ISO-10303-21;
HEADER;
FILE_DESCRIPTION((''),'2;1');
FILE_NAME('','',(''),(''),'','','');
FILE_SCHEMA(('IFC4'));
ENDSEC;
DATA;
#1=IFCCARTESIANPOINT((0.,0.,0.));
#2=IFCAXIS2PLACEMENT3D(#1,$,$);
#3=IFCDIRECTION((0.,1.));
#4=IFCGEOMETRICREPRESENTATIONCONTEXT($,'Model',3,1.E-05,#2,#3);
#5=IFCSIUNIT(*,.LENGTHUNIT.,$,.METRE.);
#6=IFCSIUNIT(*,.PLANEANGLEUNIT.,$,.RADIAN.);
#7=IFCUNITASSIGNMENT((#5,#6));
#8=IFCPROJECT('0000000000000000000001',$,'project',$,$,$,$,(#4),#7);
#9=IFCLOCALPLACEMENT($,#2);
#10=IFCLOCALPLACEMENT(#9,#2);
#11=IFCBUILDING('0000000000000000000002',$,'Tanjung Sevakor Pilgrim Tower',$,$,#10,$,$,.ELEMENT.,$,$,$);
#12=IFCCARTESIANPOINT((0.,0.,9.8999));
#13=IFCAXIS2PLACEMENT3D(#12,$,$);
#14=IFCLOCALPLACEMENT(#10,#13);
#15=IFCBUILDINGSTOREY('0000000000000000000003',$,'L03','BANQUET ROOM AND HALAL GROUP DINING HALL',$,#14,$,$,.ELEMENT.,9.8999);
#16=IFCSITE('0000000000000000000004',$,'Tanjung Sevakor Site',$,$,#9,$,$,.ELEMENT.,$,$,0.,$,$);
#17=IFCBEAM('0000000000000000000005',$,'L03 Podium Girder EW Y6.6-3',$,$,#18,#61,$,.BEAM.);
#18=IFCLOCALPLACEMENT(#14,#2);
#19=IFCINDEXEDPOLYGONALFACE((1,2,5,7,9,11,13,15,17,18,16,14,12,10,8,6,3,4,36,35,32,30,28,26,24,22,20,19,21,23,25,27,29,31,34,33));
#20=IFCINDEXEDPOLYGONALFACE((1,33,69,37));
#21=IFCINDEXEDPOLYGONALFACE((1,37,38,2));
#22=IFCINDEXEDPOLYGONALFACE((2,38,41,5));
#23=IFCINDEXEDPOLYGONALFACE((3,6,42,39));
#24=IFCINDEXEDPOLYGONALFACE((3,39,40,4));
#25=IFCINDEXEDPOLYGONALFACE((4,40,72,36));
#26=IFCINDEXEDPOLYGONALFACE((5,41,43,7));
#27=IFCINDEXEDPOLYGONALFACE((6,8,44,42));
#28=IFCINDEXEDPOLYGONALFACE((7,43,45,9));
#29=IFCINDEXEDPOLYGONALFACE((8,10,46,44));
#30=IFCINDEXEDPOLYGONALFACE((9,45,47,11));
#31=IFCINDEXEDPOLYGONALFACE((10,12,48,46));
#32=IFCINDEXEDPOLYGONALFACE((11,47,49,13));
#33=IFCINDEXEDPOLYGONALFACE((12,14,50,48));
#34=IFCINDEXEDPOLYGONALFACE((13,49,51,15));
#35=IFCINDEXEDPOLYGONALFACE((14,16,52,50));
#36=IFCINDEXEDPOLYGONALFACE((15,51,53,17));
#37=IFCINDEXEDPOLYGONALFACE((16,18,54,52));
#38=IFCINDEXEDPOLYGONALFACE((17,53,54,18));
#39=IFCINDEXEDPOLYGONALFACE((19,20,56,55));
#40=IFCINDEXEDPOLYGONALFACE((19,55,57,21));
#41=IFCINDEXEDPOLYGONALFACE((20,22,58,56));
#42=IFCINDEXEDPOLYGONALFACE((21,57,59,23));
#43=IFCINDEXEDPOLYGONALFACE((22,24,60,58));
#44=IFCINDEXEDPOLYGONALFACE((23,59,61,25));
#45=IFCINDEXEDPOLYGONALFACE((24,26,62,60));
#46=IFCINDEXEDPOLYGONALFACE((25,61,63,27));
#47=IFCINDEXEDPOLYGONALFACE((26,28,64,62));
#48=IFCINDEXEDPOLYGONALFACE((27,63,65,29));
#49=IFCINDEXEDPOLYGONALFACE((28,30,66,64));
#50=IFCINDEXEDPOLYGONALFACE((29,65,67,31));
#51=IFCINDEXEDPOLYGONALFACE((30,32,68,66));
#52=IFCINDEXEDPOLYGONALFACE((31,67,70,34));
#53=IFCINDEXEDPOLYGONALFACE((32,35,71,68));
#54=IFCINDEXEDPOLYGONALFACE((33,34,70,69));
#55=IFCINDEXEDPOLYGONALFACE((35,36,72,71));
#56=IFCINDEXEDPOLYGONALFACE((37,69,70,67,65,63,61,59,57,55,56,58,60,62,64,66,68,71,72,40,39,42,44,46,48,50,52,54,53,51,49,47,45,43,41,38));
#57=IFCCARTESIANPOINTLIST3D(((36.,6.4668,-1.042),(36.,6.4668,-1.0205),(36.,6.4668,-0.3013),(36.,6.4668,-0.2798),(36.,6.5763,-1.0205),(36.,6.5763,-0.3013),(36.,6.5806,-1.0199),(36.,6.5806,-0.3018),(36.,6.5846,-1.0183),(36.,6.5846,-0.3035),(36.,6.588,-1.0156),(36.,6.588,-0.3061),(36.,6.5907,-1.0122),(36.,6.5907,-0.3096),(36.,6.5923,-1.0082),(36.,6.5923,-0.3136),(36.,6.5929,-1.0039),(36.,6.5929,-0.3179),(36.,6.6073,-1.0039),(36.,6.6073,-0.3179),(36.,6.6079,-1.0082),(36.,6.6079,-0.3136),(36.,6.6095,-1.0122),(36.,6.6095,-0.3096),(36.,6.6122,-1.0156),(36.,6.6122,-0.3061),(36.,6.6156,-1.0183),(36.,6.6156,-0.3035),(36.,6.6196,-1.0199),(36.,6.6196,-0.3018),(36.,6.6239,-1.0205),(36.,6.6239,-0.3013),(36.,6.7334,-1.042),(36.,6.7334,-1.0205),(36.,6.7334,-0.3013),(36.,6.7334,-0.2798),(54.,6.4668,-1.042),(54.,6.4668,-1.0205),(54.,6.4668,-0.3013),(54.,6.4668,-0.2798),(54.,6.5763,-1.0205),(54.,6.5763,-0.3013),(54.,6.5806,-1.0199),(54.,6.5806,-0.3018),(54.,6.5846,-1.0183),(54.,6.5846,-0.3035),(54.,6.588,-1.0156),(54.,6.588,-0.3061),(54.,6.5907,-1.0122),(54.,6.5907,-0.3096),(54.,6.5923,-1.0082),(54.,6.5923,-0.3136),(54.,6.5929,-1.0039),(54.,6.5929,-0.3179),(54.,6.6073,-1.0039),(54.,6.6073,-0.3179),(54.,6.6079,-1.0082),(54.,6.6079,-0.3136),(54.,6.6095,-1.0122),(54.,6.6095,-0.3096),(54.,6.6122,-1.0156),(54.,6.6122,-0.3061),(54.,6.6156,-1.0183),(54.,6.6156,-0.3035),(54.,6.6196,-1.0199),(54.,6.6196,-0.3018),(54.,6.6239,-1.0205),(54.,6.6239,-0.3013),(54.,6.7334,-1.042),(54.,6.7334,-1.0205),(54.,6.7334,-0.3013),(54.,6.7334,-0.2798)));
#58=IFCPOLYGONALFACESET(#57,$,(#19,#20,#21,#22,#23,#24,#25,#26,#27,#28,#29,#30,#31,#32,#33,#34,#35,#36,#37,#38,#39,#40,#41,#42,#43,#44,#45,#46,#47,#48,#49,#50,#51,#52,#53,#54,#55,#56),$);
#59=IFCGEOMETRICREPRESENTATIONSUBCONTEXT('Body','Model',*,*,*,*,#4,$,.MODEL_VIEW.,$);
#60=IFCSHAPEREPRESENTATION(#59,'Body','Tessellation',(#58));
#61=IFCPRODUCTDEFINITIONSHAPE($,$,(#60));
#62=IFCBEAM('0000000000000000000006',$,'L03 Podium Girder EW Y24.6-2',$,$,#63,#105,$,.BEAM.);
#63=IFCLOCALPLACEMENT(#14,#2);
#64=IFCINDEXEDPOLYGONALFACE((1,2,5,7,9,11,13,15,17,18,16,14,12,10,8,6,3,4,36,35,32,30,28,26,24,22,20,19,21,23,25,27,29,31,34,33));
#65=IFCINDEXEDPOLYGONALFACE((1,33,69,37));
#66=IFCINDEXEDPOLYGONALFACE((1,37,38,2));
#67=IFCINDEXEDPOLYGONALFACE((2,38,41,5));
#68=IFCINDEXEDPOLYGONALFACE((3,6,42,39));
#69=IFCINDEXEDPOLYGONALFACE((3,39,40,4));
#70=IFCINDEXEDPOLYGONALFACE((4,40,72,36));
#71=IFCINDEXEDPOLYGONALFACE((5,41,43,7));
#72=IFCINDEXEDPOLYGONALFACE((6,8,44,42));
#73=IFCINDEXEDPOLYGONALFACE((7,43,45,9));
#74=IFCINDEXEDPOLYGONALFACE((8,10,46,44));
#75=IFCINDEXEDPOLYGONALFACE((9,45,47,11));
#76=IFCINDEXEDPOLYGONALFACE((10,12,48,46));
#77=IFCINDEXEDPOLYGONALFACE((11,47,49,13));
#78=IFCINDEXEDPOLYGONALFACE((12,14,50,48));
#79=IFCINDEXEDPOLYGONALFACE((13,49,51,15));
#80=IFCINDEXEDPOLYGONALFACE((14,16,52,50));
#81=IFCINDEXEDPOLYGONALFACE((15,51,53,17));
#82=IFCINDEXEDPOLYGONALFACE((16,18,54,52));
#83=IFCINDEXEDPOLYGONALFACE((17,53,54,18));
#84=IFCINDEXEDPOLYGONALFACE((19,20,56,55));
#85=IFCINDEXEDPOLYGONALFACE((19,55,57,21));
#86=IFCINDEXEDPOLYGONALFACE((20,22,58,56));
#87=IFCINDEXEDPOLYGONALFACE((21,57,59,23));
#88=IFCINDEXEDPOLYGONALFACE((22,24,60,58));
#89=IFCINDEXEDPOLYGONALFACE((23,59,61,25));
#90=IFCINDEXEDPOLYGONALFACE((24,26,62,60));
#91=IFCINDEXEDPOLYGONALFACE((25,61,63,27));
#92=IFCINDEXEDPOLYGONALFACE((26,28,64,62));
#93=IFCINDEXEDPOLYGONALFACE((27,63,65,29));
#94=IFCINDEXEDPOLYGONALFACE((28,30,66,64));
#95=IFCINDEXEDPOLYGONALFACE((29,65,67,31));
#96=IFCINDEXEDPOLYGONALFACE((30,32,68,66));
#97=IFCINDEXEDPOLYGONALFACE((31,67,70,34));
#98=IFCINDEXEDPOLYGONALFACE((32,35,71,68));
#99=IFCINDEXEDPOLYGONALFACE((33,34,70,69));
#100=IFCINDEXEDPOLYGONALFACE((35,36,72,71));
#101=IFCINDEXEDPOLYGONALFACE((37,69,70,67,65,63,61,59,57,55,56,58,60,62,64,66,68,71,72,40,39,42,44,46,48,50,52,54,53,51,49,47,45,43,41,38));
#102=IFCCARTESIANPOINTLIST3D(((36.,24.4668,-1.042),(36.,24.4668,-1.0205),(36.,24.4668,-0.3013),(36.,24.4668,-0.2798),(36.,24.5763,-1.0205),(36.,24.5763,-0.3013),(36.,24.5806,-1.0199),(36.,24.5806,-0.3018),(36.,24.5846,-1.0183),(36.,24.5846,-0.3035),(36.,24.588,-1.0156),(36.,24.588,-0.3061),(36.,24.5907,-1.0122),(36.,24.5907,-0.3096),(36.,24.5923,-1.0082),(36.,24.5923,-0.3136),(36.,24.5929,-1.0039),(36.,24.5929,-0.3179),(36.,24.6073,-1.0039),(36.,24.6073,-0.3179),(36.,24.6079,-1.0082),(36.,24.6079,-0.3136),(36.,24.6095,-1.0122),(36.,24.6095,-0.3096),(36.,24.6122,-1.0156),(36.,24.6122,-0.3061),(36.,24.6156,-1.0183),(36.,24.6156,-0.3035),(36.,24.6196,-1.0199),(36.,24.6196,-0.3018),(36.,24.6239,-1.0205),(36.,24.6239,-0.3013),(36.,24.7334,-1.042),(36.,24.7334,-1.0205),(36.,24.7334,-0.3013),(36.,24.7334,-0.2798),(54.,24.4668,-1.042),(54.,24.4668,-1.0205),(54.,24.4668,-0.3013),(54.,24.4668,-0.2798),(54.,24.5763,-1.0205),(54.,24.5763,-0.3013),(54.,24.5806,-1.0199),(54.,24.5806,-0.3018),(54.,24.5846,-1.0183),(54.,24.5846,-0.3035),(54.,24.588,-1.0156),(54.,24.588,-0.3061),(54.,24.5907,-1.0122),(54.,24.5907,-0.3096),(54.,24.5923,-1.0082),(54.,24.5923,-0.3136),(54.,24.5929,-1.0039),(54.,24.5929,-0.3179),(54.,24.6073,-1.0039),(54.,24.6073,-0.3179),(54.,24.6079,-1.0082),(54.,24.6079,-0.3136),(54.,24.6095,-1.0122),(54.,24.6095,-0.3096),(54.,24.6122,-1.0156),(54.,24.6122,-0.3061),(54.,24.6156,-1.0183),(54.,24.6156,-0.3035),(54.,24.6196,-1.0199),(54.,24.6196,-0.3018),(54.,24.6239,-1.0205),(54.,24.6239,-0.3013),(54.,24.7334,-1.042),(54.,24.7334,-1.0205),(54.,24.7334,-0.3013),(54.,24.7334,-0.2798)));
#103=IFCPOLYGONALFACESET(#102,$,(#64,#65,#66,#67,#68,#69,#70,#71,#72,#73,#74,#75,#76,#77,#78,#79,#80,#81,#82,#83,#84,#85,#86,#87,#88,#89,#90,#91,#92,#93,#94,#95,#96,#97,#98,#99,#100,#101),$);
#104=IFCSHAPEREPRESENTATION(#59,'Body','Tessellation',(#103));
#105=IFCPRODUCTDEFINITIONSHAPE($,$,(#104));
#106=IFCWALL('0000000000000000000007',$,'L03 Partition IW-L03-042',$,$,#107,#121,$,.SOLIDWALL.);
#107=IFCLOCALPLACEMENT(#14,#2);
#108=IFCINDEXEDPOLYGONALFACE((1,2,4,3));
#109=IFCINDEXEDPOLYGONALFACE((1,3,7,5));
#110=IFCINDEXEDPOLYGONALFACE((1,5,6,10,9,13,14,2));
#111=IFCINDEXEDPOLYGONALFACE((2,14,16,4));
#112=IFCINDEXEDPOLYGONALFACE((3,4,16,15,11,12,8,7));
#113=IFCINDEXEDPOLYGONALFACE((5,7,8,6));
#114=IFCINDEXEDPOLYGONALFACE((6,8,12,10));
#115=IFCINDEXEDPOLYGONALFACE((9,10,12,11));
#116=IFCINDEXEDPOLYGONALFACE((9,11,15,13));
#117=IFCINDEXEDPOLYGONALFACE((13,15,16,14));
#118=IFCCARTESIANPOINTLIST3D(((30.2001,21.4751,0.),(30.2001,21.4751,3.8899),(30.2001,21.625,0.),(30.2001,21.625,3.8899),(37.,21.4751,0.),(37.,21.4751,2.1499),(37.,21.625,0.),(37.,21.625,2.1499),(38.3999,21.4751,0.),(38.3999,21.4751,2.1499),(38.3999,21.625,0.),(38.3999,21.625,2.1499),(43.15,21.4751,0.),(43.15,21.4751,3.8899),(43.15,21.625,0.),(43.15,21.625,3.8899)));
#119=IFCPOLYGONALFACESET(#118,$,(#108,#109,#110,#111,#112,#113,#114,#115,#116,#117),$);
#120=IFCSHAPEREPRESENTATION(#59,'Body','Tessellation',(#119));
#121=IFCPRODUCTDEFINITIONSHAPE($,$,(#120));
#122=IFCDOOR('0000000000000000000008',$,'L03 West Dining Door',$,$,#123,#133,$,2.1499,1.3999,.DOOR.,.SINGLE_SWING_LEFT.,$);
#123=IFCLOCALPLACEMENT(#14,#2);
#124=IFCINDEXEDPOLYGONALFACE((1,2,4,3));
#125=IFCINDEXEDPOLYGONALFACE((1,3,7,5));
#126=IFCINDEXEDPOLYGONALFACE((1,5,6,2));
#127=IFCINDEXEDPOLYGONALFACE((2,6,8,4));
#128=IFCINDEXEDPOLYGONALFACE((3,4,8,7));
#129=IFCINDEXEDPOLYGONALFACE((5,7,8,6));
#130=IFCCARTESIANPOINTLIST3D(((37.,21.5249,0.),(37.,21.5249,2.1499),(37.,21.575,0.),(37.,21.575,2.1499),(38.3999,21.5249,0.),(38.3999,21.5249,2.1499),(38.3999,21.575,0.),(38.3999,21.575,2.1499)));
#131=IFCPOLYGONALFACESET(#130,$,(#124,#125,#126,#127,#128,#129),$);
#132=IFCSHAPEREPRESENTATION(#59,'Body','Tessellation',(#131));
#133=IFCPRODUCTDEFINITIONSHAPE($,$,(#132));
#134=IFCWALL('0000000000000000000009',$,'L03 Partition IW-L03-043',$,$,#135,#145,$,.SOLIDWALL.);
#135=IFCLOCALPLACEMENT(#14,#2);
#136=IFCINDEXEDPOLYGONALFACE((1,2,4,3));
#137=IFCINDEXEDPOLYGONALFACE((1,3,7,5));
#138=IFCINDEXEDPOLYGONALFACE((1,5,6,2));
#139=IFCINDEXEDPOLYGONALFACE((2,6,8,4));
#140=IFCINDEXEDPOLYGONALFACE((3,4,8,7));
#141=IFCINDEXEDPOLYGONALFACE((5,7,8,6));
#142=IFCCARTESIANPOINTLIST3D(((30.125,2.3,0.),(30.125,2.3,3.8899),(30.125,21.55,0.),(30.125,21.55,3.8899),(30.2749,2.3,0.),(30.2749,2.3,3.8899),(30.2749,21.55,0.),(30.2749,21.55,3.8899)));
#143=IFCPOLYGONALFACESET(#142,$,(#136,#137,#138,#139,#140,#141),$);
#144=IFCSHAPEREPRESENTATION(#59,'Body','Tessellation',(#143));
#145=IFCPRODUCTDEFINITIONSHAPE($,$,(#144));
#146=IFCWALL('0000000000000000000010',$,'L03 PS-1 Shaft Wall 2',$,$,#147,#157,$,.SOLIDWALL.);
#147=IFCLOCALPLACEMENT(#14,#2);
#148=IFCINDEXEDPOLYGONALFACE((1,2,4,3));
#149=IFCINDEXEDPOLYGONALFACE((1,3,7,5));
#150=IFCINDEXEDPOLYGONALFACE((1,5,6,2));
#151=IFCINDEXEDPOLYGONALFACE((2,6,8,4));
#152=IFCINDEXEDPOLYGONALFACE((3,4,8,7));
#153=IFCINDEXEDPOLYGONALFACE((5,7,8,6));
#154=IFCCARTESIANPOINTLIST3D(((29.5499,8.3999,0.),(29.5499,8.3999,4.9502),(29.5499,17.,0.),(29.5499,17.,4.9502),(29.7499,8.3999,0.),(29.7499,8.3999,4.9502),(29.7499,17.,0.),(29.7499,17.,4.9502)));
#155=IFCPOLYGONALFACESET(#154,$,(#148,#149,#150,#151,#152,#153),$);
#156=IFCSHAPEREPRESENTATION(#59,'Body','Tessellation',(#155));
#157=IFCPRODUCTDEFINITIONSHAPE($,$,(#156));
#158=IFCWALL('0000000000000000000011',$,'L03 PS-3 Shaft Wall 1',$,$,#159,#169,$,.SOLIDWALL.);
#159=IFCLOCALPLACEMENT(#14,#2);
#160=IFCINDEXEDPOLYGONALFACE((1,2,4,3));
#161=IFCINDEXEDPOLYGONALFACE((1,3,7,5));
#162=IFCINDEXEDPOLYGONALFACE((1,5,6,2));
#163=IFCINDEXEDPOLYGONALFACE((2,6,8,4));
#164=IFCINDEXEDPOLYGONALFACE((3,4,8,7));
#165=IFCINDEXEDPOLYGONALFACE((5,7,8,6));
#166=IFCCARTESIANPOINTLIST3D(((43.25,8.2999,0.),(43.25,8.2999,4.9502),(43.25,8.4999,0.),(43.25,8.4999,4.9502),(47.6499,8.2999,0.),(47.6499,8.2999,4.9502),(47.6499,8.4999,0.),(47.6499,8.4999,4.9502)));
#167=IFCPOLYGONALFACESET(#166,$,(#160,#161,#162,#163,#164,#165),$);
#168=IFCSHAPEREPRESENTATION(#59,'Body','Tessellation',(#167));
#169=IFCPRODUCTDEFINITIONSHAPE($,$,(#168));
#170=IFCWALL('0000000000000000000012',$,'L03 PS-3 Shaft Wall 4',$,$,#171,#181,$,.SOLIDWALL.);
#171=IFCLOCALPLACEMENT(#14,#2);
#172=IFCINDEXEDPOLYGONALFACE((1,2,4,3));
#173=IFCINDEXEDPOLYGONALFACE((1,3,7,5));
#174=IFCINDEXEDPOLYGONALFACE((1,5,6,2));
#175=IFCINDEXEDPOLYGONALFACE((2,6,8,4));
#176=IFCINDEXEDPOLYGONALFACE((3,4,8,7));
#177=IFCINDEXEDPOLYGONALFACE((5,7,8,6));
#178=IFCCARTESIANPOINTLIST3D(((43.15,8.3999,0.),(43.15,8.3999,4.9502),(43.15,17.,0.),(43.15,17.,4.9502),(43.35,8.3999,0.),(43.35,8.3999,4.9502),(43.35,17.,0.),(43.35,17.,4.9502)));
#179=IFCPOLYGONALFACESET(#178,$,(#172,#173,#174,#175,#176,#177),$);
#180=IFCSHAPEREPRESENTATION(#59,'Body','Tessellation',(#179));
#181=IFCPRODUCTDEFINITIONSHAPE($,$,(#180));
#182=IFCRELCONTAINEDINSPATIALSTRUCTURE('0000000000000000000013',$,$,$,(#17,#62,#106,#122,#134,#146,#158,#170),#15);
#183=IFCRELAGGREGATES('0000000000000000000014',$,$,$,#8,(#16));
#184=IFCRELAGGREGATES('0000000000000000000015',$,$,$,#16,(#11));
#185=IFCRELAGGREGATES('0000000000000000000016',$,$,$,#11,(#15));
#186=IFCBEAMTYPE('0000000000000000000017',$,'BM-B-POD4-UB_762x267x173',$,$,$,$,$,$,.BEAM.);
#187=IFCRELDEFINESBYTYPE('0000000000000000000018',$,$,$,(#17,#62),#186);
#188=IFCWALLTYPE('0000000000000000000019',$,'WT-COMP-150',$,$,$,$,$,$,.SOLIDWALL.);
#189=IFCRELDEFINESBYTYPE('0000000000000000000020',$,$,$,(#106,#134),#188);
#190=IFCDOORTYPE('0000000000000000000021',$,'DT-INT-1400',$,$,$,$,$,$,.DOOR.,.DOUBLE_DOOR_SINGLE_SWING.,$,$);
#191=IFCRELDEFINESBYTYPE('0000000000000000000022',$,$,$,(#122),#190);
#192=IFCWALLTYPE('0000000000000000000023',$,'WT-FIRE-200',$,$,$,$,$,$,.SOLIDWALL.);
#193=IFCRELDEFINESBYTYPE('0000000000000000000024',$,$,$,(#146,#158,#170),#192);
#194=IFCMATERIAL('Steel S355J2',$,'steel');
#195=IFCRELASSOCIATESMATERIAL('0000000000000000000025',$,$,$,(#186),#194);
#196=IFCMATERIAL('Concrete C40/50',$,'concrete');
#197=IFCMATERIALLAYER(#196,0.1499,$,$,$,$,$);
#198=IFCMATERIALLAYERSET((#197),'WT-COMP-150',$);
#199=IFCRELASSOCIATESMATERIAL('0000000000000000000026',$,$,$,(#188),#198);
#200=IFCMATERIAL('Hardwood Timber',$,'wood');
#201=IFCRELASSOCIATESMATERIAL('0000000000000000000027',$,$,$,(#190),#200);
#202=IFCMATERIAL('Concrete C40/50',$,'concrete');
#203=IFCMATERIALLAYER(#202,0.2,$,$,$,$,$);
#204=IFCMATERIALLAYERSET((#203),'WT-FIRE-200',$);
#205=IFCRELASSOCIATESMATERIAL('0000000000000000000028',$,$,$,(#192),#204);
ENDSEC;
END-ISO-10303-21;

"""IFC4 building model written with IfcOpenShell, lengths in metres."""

from ifc_helpers import new_model, si_unit, direction, frame, frame_2d, origin, origin_2d, place, context, subcontext, project, spatial, rectangle, i_section, extrude, material, layer, layer_set, material_profile, profile_set, type_object, element, fill, save


model = new_model("IFC4")

# Units and contexts
model_context = context("Model", 3, precision=1e-05, world=origin(), true_north=direction((0.0, 1.0)))
body_context = subcontext(model_context, "Body", "Model", "MODEL_VIEW")
ifc_project = project(units=[si_unit("LENGTHUNIT", "METRE"), si_unit("PLANEANGLEUNIT", "RADIAN")], contexts=[model_context])

# Site, building, storey
site_placement = place(None, origin())
site = spatial("IfcSite", under=ifc_project, at=site_placement, Name="Tanjung Sevakor Site", CompositionType="ELEMENT", RefElevation=0.0)
building_placement = place(site_placement, origin())
building = spatial("IfcBuilding", under=site, at=building_placement, Name="Tanjung Sevakor Pilgrim Tower", CompositionType="ELEMENT")
storey_placement = place(building_placement, frame((0.0, 0.0, 9.8999)))
storey = spatial("IfcBuildingStorey", under=building, at=storey_placement, Name="L03", Description="BANQUET ROOM AND HALAL GROUP DINING HALL", CompositionType="ELEMENT", Elevation=9.8999)

# Beams
ifc_material_1 = material(Name="Steel S355J2", Category="steel")
ifc_material_profile_1 = material_profile(ifc_material_1, i_section(OverallWidth=0.2666, OverallDepth=0.7622, WebThickness=0.0144, FlangeThickness=0.0215, FilletRadius=0.0166, at=origin_2d()))
ifc_profile_set_1 = profile_set([ifc_material_profile_1], Name="Steel S355J2")
beam_type_1 = type_object("IfcBeamType", Name="BM-B-POD4-UB_762x267x173", PredefinedType="BEAM", material=ifc_profile_set_1)
for number, where, z_axis, x_axis, name in (
    (1, (36.0, 6.6001, -0.6609), (1.0, 0.0, 0.0), (0.0, 1.0, 0.0), "L03 Podium Girder EW Y6.6-3"),
    (2, (36.0, 24.6001, -0.6609), (1.0, 0.0, 0.0), (0.0, 1.0, 0.0), "L03 Podium Girder EW Y24.6-2"),
):
    element("IfcBeam", number, at=place(storey_placement, frame(where, z_axis=z_axis, x_axis=x_axis)), inside=storey, type_object=beam_type_1, Name=name, PredefinedType="BEAM", context=body_context, shape_type="SweptSolid", body=[
        extrude(i_section(OverallWidth=0.2666, OverallDepth=0.7622, WebThickness=0.0144, FlangeThickness=0.0215, FilletRadius=0.0166, at=origin_2d()), origin(), (0.0, 0.0, 1.0), 18.0),
    ])

# Wall, opening, door
ifc_material_2 = material(Name="Concrete C40/50", Category="concrete")
ifc_layer_1 = layer(ifc_material_2, 0.1499)
ifc_layer_set_1 = layer_set([ifc_layer_1], Name="WT-COMP-150")
wall_type_1 = type_object("IfcWallType", Name="WT-COMP-150", PredefinedType="SOLIDWALL", material=ifc_layer_set_1)
wall_1_placement = place(storey_placement, frame((30.2, 21.55, 0.0), z_axis=(0.0, 0.0, 1.0), x_axis=(1.0, 0.0, 0.0)))
wall_1 = element("IfcWall", 3, at=wall_1_placement, inside=storey, type_object=wall_type_1, Name="L03 Partition IW-L03-042", PredefinedType="SOLIDWALL", context=body_context, shape_type="SweptSolid", body=[
    extrude(rectangle(XDim=12.95, YDim=0.1499, at=frame_2d((6.4751, 0.0))), origin(), (0.0, 0.0, 1.0), 3.8899),
])
opening_1_placement = place(wall_1_placement, frame((6.8, 0.0, 0.0)))
opening_1 = element("IfcOpeningElement", 4, at=opening_1_placement, cuts=wall_1, PredefinedType="OPENING", context=body_context, shape_type="SweptSolid", body=[
    extrude(rectangle(XDim=1.3999, YDim=2.1499, at=frame_2d((0.7, 1.075))), frame((0.0, 0.085, 0.0), z_axis=(0.0, -1.0, 0.0), x_axis=(1.0, 0.0, 0.0)), (0.0, 0.0, 1.0), 0.1699),
])
ifc_material_3 = material(Name="Hardwood Timber", Category="wood")
door_type_1 = type_object("IfcDoorType", Name="DT-INT-1400", OperationType="DOUBLE_DOOR_SINGLE_SWING", PredefinedType="DOOR", material=ifc_material_3)
door_1_placement = place(opening_1_placement, origin())
door_1 = element("IfcDoor", 5, at=door_1_placement, inside=storey, type_object=door_type_1, Name="L03 West Dining Door", OperationType="SINGLE_SWING_LEFT", OverallHeight=2.1499, OverallWidth=1.3999, PredefinedType="DOOR", context=body_context, shape_type="SweptSolid", body=[
    extrude(rectangle(XDim=1.3999, YDim=2.1499, at=frame_2d((0.7, 1.075))), frame((0.0, 0.0249, 0.0), z_axis=(0.0, -1.0, 0.0), x_axis=(1.0, 0.0, 0.0)), (0.0, 0.0, 1.0), 0.05),
])
fill(opening_1, door_1)

# Walls
wall_2_placement = place(storey_placement, frame((30.2, 2.3, 0.0), z_axis=(0.0, 0.0, 1.0), x_axis=(0.0, 1.0, 0.0)))
element("IfcWall", 6, at=wall_2_placement, inside=storey, type_object=wall_type_1, Name="L03 Partition IW-L03-043", PredefinedType="SOLIDWALL", context=body_context, shape_type="SweptSolid", body=[
    extrude(rectangle(XDim=19.25, YDim=0.1499, at=frame_2d((9.625, 0.0))), origin(), (0.0, 0.0, 1.0), 3.8899),
])
ifc_material_4 = material(Name="Concrete C40/50", Category="concrete")
ifc_layer_2 = layer(ifc_material_4, 0.2)
ifc_layer_set_2 = layer_set([ifc_layer_2], Name="WT-FIRE-200")
wall_type_2 = type_object("IfcWallType", Name="WT-FIRE-200", PredefinedType="SOLIDWALL", material=ifc_layer_set_2)
wall_3_placement = place(storey_placement, frame((29.6499, 8.3999, 0.0), z_axis=(0.0, 0.0, 1.0), x_axis=(0.0, 1.0, 0.0)))
element("IfcWall", 7, at=wall_3_placement, inside=storey, type_object=wall_type_2, Name="L03 PS-1 Shaft Wall 2", PredefinedType="SOLIDWALL", context=body_context, shape_type="SweptSolid", body=[
    extrude(rectangle(XDim=8.6001, YDim=0.2, at=frame_2d((4.3, 0.0))), origin(), (0.0, 0.0, 1.0), 4.9502),
])

# Walls
wall_4_placement = place(storey_placement, frame((43.25, 8.3999, 0.0), z_axis=(0.0, 0.0, 1.0), x_axis=(1.0, 0.0, 0.0)))
element("IfcWall", 8, at=wall_4_placement, inside=storey, type_object=wall_type_2, Name="L03 PS-3 Shaft Wall 1", PredefinedType="SOLIDWALL", context=body_context, shape_type="SweptSolid", body=[
    extrude(rectangle(XDim=4.3999, YDim=0.2, at=frame_2d((2.2, 0.0))), origin(), (0.0, 0.0, 1.0), 4.9502),
])
wall_5_placement = place(storey_placement, frame((43.25, 17.0, 0.0), z_axis=(0.0, 0.0, 1.0), x_axis=(0.0, -1.0, 0.0)))
element("IfcWall", 9, at=wall_5_placement, inside=storey, type_object=wall_type_2, Name="L03 PS-3 Shaft Wall 4", PredefinedType="SOLIDWALL", context=body_context, shape_type="SweptSolid", body=[
    extrude(rectangle(XDim=8.6001, YDim=0.2, at=frame_2d((4.3, 0.0))), origin(), (0.0, 0.0, 1.0), 4.9502),
])

save(model, "model.ifc")
